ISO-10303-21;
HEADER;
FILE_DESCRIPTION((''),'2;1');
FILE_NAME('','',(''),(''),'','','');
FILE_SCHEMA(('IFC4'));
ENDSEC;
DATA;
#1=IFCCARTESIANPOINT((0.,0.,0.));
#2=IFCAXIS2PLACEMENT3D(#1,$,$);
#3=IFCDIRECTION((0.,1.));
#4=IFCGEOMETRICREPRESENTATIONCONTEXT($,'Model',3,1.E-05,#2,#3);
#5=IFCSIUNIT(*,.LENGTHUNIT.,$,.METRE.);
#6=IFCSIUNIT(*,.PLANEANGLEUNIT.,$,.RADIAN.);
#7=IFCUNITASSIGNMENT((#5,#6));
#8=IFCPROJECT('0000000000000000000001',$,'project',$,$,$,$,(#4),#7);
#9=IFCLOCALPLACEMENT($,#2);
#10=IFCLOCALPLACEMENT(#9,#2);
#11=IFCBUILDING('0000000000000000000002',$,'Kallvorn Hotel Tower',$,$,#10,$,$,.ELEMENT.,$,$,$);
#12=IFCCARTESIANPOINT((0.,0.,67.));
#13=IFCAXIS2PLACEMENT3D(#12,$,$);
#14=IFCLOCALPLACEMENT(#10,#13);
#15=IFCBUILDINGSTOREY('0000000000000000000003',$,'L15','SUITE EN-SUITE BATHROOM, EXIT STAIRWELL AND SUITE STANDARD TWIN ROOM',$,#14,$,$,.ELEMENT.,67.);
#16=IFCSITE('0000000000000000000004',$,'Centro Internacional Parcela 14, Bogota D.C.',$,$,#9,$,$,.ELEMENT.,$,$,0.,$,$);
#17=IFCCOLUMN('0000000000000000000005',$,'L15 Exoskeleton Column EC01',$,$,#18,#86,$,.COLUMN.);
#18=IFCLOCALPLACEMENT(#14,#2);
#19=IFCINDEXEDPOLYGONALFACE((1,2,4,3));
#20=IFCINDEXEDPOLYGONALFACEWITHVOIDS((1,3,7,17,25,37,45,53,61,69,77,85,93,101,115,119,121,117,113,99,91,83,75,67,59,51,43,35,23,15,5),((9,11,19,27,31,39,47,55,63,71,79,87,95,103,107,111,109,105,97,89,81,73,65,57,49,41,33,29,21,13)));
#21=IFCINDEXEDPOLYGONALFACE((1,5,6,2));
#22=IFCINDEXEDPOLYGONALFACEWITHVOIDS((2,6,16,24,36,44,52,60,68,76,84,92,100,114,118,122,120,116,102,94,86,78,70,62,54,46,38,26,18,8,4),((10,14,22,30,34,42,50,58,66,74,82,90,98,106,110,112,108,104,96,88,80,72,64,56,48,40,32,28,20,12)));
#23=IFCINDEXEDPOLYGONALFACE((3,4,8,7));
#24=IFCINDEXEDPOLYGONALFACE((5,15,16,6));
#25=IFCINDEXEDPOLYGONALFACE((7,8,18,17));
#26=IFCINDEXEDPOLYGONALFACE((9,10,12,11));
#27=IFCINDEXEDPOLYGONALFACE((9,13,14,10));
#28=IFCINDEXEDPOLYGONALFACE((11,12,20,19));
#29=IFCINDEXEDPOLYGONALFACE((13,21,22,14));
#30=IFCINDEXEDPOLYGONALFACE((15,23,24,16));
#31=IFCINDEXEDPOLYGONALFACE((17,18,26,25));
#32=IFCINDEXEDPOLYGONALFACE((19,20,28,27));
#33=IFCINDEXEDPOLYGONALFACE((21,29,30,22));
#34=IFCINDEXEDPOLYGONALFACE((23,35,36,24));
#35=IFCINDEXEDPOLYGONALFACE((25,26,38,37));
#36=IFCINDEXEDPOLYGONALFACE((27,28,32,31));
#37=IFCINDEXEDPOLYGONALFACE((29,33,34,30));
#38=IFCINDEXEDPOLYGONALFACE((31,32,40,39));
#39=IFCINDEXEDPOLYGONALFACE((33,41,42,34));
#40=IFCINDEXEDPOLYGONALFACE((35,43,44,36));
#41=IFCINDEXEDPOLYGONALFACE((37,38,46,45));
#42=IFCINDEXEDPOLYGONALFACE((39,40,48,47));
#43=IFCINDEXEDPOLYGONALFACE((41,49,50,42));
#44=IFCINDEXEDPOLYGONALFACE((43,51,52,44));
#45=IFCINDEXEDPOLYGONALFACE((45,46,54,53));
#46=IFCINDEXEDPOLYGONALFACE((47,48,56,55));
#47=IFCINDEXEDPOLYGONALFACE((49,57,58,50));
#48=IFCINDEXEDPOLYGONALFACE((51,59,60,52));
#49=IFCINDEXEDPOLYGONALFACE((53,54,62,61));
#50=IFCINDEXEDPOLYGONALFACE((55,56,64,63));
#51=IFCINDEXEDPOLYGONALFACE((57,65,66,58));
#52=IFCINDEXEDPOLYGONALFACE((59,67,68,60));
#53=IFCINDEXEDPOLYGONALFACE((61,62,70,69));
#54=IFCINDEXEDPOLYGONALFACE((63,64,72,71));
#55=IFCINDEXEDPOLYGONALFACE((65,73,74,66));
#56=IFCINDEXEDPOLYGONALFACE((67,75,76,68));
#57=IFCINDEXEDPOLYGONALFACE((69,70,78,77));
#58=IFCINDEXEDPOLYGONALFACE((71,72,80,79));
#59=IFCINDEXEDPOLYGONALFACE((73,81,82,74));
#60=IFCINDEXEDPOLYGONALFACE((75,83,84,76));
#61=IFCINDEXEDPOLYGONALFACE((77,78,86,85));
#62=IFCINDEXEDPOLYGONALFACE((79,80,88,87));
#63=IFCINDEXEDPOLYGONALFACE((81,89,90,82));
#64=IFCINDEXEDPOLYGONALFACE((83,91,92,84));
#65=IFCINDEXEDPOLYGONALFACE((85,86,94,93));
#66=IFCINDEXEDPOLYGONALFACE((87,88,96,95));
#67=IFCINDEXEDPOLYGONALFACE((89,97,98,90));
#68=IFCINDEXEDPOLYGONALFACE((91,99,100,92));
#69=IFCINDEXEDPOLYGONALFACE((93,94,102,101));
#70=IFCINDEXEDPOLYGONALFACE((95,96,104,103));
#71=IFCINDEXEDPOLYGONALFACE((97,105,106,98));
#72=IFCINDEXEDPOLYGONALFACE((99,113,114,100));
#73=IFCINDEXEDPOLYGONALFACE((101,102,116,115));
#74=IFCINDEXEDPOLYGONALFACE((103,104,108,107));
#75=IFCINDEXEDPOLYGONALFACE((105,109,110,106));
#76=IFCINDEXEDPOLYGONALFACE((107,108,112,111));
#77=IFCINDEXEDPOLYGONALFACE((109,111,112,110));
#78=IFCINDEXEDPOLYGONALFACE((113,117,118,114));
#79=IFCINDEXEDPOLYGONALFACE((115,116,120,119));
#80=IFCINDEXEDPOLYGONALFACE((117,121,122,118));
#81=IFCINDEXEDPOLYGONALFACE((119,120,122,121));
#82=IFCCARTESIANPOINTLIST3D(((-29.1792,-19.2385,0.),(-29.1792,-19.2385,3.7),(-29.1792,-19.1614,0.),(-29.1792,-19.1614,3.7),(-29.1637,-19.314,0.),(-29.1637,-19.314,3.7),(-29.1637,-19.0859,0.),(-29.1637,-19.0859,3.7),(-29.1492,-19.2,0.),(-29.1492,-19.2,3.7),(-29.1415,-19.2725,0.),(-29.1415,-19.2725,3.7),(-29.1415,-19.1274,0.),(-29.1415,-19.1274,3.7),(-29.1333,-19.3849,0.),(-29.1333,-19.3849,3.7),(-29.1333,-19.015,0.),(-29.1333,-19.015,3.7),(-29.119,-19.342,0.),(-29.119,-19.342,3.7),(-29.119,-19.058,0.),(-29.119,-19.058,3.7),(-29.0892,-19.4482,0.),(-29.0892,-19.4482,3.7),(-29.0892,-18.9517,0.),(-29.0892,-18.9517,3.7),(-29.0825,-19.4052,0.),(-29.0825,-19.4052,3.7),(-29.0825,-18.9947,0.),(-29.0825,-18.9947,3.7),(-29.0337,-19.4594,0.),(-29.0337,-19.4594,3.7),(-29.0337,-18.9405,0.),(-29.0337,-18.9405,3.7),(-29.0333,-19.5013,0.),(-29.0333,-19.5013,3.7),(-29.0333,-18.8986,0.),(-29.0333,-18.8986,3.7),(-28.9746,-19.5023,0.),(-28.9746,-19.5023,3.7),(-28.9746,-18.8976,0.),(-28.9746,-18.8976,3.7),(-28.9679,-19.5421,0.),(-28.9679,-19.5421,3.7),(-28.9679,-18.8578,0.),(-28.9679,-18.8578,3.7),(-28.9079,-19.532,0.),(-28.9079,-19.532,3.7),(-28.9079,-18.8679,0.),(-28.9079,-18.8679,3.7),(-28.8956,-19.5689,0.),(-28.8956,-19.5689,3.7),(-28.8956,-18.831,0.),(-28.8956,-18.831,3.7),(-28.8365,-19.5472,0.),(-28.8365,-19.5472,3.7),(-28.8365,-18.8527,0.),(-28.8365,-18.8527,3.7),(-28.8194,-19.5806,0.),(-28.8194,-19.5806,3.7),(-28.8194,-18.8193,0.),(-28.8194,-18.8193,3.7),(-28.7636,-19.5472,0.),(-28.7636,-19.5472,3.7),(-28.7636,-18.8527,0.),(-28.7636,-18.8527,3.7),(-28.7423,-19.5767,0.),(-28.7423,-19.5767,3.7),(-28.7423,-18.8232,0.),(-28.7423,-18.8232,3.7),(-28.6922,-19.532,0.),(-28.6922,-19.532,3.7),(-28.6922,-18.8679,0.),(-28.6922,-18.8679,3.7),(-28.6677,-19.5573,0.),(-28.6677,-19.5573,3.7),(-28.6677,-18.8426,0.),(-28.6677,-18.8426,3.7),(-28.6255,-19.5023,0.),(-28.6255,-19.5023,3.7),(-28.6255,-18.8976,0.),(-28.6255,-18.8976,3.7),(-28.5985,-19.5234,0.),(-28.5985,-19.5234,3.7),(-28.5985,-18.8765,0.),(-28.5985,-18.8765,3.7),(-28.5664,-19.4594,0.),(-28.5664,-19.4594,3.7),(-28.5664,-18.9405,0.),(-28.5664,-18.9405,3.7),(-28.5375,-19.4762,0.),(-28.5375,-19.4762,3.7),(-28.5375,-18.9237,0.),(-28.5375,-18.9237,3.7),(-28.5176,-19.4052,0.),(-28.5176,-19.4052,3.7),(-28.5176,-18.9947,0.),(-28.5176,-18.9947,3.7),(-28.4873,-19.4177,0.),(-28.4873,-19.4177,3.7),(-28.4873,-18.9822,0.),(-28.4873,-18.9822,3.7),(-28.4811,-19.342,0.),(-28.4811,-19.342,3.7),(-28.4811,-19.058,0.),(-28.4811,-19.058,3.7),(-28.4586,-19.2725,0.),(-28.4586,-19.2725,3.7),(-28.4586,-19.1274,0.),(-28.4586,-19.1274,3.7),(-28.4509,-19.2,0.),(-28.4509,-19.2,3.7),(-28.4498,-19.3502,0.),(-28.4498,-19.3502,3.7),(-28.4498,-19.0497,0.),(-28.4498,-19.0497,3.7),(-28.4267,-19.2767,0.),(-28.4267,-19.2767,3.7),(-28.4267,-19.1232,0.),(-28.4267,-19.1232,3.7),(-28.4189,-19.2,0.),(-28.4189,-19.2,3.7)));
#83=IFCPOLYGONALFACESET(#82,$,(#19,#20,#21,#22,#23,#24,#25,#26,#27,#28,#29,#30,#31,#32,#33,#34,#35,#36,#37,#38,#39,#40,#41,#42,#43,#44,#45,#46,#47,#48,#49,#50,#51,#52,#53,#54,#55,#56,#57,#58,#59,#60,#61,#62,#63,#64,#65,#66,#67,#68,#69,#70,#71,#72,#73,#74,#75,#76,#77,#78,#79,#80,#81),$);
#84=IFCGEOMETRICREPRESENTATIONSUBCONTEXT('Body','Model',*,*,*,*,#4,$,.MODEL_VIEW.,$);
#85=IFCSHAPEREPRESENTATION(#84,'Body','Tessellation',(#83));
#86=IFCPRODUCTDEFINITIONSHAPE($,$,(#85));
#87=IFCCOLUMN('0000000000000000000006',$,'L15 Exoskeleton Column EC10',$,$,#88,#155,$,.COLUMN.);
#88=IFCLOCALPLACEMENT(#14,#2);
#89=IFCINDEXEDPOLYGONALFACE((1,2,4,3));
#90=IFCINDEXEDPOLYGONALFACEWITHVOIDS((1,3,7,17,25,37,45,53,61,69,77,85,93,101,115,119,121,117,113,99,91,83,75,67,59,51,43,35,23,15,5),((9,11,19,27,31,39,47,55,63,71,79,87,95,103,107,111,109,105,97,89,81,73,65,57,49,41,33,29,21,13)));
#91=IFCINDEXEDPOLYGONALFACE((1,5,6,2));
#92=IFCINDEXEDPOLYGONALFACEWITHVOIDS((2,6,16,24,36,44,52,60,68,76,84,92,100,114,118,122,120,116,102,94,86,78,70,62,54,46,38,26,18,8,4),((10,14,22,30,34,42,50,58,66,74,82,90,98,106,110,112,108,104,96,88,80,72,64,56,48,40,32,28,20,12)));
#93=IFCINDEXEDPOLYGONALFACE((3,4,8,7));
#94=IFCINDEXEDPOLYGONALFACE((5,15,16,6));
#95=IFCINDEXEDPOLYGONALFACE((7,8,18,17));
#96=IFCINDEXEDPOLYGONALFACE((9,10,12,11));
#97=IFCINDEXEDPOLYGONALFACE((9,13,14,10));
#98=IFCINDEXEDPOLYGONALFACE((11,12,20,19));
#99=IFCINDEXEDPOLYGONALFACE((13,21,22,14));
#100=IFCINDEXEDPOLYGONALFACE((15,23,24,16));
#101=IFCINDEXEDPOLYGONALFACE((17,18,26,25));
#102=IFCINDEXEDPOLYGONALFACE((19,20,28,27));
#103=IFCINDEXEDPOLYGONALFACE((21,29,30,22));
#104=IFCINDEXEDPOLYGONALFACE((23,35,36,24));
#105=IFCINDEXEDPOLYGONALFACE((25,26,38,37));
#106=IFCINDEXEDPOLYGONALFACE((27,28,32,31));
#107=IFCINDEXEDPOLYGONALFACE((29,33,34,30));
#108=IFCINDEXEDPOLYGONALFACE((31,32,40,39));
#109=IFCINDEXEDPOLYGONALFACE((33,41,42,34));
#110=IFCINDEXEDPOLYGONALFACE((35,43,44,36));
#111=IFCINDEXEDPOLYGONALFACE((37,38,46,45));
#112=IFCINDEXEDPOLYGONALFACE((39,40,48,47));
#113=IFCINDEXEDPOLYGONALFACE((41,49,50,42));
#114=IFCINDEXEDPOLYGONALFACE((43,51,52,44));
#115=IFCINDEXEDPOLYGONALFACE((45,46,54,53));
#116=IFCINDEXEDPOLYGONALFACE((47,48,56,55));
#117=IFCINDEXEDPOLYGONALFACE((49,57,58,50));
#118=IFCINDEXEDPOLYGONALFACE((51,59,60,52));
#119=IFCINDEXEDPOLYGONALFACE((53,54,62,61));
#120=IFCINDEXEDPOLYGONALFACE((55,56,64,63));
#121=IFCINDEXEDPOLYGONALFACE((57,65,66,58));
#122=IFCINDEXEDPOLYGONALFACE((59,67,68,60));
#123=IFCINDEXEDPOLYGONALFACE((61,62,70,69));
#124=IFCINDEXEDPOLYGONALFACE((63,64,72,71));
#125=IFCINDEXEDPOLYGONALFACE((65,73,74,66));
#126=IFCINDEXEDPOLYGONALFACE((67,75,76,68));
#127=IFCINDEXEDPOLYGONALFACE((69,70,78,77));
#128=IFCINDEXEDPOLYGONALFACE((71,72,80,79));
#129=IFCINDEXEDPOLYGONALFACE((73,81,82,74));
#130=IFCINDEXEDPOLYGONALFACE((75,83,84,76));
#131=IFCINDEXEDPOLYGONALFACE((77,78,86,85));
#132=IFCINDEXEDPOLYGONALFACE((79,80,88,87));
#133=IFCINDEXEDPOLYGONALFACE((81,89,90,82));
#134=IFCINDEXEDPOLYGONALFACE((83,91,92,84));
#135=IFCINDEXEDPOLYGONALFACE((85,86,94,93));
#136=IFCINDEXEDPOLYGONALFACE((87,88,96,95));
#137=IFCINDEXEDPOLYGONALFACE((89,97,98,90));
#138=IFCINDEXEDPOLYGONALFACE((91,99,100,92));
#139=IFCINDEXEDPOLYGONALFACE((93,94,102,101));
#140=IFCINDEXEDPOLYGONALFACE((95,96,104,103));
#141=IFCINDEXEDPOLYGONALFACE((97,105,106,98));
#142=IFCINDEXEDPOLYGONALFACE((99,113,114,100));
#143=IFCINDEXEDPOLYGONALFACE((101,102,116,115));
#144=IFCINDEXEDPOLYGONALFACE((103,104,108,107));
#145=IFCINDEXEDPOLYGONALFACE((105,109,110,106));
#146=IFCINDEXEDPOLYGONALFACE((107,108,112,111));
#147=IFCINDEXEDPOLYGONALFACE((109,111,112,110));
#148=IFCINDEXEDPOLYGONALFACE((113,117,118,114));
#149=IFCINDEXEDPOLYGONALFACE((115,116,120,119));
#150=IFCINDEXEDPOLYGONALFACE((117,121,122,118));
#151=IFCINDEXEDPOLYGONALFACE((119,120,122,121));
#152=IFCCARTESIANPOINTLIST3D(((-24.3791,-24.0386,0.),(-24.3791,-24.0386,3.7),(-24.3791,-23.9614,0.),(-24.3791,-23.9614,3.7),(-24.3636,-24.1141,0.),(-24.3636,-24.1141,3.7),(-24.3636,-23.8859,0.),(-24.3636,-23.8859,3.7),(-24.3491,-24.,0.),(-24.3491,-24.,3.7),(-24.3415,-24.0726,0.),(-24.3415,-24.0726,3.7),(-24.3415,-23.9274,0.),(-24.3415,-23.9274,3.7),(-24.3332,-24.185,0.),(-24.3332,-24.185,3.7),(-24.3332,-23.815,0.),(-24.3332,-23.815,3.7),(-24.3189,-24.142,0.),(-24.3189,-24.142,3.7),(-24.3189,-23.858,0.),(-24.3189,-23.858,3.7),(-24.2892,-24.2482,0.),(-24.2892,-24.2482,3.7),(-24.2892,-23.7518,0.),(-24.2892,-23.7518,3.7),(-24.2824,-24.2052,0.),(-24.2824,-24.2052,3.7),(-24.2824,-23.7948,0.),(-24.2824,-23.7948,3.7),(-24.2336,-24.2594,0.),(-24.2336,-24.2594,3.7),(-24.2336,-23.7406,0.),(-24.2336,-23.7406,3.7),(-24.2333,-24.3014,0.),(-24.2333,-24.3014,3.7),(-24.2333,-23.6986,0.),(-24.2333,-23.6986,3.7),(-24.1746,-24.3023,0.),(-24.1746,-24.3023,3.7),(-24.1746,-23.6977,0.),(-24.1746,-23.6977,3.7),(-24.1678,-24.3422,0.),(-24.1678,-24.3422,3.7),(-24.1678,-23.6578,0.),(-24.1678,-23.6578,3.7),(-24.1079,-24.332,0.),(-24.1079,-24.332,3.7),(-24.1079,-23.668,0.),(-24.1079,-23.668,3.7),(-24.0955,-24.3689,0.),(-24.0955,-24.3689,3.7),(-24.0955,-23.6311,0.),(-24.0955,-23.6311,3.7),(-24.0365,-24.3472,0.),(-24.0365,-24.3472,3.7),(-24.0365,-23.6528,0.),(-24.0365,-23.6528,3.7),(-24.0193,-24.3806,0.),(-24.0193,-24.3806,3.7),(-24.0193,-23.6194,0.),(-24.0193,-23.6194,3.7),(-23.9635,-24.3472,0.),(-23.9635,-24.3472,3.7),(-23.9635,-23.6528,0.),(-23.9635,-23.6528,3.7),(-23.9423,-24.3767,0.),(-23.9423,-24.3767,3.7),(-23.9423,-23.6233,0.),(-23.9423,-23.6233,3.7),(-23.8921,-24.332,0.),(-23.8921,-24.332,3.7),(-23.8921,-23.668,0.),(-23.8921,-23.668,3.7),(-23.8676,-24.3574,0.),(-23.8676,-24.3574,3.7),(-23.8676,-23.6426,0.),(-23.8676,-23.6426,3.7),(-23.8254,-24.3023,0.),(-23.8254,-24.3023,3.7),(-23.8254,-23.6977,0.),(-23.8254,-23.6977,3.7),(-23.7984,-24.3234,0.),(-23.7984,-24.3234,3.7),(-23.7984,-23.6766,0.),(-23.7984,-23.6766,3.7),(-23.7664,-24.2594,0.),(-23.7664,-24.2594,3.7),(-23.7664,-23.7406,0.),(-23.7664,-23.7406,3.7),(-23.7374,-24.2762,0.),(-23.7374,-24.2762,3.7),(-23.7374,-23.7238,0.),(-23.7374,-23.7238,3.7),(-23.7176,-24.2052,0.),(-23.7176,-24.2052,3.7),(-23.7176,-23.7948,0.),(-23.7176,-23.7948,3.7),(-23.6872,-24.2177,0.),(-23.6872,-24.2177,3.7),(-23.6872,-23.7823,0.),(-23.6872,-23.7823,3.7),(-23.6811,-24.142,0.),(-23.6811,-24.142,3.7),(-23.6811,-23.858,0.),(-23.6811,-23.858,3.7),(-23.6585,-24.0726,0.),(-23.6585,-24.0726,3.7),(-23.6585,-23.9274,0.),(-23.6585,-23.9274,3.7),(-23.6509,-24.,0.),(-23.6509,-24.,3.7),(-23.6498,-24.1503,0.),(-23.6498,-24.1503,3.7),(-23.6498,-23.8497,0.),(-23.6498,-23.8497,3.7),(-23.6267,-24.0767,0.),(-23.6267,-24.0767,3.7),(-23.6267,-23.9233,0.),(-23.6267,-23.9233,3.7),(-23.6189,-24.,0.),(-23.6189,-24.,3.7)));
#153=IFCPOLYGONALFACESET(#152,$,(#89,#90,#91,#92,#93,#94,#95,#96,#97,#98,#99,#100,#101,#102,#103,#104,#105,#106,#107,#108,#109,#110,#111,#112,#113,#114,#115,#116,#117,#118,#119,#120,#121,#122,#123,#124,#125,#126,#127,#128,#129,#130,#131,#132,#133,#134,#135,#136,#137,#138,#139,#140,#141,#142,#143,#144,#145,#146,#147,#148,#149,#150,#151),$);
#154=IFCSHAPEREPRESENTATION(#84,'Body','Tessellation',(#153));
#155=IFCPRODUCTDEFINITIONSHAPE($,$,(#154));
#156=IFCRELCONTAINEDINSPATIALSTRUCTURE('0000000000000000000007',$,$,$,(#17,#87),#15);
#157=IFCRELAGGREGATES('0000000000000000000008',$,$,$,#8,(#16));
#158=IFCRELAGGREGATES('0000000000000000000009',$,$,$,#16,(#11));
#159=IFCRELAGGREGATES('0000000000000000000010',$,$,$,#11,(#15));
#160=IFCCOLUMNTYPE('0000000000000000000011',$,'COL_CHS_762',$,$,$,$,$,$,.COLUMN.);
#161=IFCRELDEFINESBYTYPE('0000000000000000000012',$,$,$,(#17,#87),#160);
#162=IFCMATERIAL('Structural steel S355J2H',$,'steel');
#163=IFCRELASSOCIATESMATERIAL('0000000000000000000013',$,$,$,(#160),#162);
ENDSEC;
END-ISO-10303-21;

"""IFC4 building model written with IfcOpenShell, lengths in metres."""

from ifc_helpers import new_model, si_unit, direction, frame, origin, origin_2d, place, context, subcontext, project, spatial, hollow_circle, extrude, material, material_profile, profile_set, type_object, element, save


model = new_model("IFC4")

# Units and contexts
model_context = context("Model", 3, precision=1e-05, world=origin(), true_north=direction((0.0, 1.0)))
body_context = subcontext(model_context, "Body", "Model", "MODEL_VIEW")
ifc_project = project(units=[si_unit("LENGTHUNIT", "METRE"), si_unit("PLANEANGLEUNIT", "RADIAN")], contexts=[model_context])

# Site, building, storey
site_placement = place(None, origin())
site = spatial("IfcSite", under=ifc_project, at=site_placement, Name="Centro Internacional Parcela 14, Bogota D.C.", CompositionType="ELEMENT", RefElevation=0.0)
building_placement = place(site_placement, origin())
building = spatial("IfcBuilding", under=site, at=building_placement, Name="Kallvorn Hotel Tower", CompositionType="ELEMENT")
storey_placement = place(building_placement, frame((0.0, 0.0, 67.0)))
storey = spatial("IfcBuildingStorey", under=building, at=storey_placement, Name="L15", Description="SUITE EN-SUITE BATHROOM, EXIT STAIRWELL AND SUITE STANDARD TWIN ROOM", CompositionType="ELEMENT", Elevation=67.0)

# Columns
ifc_material_1 = material(Name="Structural steel S355J2H", Category="steel")
ifc_material_profile_1 = material_profile(ifc_material_1, hollow_circle(Radius=0.3811, WallThickness=0.032, at=origin_2d()), Name="CHS 762x32")
ifc_profile_set_1 = profile_set([ifc_material_profile_1], Name="Structural steel S355J2H")
column_type = type_object("IfcColumnType", Name="COL_CHS_762", PredefinedType="COLUMN", material=ifc_profile_set_1)
for number, where, z_axis, x_axis, name in (
    (1, (-28.8, -19.2, 0.0), (0.0, 0.0, 1.0), (1.0, 0.0, 0.0), "L15 Exoskeleton Column EC01"),
    (2, (-24.0, -24.0, 0.0), (0.0, 0.0, 1.0), (1.0, 0.0, 0.0), "L15 Exoskeleton Column EC10"),
):
    element("IfcColumn", number, at=place(storey_placement, frame(where, z_axis=z_axis, x_axis=x_axis)), inside=storey, type_object=column_type, Name=name, PredefinedType="COLUMN", context=body_context, shape_type="SweptSolid", body=[
        extrude(hollow_circle(Radius=0.3811, WallThickness=0.032, at=origin_2d()), origin(), (0.0, 0.0, 1.0), 3.7),
    ])

save(model, "model.ifc")
